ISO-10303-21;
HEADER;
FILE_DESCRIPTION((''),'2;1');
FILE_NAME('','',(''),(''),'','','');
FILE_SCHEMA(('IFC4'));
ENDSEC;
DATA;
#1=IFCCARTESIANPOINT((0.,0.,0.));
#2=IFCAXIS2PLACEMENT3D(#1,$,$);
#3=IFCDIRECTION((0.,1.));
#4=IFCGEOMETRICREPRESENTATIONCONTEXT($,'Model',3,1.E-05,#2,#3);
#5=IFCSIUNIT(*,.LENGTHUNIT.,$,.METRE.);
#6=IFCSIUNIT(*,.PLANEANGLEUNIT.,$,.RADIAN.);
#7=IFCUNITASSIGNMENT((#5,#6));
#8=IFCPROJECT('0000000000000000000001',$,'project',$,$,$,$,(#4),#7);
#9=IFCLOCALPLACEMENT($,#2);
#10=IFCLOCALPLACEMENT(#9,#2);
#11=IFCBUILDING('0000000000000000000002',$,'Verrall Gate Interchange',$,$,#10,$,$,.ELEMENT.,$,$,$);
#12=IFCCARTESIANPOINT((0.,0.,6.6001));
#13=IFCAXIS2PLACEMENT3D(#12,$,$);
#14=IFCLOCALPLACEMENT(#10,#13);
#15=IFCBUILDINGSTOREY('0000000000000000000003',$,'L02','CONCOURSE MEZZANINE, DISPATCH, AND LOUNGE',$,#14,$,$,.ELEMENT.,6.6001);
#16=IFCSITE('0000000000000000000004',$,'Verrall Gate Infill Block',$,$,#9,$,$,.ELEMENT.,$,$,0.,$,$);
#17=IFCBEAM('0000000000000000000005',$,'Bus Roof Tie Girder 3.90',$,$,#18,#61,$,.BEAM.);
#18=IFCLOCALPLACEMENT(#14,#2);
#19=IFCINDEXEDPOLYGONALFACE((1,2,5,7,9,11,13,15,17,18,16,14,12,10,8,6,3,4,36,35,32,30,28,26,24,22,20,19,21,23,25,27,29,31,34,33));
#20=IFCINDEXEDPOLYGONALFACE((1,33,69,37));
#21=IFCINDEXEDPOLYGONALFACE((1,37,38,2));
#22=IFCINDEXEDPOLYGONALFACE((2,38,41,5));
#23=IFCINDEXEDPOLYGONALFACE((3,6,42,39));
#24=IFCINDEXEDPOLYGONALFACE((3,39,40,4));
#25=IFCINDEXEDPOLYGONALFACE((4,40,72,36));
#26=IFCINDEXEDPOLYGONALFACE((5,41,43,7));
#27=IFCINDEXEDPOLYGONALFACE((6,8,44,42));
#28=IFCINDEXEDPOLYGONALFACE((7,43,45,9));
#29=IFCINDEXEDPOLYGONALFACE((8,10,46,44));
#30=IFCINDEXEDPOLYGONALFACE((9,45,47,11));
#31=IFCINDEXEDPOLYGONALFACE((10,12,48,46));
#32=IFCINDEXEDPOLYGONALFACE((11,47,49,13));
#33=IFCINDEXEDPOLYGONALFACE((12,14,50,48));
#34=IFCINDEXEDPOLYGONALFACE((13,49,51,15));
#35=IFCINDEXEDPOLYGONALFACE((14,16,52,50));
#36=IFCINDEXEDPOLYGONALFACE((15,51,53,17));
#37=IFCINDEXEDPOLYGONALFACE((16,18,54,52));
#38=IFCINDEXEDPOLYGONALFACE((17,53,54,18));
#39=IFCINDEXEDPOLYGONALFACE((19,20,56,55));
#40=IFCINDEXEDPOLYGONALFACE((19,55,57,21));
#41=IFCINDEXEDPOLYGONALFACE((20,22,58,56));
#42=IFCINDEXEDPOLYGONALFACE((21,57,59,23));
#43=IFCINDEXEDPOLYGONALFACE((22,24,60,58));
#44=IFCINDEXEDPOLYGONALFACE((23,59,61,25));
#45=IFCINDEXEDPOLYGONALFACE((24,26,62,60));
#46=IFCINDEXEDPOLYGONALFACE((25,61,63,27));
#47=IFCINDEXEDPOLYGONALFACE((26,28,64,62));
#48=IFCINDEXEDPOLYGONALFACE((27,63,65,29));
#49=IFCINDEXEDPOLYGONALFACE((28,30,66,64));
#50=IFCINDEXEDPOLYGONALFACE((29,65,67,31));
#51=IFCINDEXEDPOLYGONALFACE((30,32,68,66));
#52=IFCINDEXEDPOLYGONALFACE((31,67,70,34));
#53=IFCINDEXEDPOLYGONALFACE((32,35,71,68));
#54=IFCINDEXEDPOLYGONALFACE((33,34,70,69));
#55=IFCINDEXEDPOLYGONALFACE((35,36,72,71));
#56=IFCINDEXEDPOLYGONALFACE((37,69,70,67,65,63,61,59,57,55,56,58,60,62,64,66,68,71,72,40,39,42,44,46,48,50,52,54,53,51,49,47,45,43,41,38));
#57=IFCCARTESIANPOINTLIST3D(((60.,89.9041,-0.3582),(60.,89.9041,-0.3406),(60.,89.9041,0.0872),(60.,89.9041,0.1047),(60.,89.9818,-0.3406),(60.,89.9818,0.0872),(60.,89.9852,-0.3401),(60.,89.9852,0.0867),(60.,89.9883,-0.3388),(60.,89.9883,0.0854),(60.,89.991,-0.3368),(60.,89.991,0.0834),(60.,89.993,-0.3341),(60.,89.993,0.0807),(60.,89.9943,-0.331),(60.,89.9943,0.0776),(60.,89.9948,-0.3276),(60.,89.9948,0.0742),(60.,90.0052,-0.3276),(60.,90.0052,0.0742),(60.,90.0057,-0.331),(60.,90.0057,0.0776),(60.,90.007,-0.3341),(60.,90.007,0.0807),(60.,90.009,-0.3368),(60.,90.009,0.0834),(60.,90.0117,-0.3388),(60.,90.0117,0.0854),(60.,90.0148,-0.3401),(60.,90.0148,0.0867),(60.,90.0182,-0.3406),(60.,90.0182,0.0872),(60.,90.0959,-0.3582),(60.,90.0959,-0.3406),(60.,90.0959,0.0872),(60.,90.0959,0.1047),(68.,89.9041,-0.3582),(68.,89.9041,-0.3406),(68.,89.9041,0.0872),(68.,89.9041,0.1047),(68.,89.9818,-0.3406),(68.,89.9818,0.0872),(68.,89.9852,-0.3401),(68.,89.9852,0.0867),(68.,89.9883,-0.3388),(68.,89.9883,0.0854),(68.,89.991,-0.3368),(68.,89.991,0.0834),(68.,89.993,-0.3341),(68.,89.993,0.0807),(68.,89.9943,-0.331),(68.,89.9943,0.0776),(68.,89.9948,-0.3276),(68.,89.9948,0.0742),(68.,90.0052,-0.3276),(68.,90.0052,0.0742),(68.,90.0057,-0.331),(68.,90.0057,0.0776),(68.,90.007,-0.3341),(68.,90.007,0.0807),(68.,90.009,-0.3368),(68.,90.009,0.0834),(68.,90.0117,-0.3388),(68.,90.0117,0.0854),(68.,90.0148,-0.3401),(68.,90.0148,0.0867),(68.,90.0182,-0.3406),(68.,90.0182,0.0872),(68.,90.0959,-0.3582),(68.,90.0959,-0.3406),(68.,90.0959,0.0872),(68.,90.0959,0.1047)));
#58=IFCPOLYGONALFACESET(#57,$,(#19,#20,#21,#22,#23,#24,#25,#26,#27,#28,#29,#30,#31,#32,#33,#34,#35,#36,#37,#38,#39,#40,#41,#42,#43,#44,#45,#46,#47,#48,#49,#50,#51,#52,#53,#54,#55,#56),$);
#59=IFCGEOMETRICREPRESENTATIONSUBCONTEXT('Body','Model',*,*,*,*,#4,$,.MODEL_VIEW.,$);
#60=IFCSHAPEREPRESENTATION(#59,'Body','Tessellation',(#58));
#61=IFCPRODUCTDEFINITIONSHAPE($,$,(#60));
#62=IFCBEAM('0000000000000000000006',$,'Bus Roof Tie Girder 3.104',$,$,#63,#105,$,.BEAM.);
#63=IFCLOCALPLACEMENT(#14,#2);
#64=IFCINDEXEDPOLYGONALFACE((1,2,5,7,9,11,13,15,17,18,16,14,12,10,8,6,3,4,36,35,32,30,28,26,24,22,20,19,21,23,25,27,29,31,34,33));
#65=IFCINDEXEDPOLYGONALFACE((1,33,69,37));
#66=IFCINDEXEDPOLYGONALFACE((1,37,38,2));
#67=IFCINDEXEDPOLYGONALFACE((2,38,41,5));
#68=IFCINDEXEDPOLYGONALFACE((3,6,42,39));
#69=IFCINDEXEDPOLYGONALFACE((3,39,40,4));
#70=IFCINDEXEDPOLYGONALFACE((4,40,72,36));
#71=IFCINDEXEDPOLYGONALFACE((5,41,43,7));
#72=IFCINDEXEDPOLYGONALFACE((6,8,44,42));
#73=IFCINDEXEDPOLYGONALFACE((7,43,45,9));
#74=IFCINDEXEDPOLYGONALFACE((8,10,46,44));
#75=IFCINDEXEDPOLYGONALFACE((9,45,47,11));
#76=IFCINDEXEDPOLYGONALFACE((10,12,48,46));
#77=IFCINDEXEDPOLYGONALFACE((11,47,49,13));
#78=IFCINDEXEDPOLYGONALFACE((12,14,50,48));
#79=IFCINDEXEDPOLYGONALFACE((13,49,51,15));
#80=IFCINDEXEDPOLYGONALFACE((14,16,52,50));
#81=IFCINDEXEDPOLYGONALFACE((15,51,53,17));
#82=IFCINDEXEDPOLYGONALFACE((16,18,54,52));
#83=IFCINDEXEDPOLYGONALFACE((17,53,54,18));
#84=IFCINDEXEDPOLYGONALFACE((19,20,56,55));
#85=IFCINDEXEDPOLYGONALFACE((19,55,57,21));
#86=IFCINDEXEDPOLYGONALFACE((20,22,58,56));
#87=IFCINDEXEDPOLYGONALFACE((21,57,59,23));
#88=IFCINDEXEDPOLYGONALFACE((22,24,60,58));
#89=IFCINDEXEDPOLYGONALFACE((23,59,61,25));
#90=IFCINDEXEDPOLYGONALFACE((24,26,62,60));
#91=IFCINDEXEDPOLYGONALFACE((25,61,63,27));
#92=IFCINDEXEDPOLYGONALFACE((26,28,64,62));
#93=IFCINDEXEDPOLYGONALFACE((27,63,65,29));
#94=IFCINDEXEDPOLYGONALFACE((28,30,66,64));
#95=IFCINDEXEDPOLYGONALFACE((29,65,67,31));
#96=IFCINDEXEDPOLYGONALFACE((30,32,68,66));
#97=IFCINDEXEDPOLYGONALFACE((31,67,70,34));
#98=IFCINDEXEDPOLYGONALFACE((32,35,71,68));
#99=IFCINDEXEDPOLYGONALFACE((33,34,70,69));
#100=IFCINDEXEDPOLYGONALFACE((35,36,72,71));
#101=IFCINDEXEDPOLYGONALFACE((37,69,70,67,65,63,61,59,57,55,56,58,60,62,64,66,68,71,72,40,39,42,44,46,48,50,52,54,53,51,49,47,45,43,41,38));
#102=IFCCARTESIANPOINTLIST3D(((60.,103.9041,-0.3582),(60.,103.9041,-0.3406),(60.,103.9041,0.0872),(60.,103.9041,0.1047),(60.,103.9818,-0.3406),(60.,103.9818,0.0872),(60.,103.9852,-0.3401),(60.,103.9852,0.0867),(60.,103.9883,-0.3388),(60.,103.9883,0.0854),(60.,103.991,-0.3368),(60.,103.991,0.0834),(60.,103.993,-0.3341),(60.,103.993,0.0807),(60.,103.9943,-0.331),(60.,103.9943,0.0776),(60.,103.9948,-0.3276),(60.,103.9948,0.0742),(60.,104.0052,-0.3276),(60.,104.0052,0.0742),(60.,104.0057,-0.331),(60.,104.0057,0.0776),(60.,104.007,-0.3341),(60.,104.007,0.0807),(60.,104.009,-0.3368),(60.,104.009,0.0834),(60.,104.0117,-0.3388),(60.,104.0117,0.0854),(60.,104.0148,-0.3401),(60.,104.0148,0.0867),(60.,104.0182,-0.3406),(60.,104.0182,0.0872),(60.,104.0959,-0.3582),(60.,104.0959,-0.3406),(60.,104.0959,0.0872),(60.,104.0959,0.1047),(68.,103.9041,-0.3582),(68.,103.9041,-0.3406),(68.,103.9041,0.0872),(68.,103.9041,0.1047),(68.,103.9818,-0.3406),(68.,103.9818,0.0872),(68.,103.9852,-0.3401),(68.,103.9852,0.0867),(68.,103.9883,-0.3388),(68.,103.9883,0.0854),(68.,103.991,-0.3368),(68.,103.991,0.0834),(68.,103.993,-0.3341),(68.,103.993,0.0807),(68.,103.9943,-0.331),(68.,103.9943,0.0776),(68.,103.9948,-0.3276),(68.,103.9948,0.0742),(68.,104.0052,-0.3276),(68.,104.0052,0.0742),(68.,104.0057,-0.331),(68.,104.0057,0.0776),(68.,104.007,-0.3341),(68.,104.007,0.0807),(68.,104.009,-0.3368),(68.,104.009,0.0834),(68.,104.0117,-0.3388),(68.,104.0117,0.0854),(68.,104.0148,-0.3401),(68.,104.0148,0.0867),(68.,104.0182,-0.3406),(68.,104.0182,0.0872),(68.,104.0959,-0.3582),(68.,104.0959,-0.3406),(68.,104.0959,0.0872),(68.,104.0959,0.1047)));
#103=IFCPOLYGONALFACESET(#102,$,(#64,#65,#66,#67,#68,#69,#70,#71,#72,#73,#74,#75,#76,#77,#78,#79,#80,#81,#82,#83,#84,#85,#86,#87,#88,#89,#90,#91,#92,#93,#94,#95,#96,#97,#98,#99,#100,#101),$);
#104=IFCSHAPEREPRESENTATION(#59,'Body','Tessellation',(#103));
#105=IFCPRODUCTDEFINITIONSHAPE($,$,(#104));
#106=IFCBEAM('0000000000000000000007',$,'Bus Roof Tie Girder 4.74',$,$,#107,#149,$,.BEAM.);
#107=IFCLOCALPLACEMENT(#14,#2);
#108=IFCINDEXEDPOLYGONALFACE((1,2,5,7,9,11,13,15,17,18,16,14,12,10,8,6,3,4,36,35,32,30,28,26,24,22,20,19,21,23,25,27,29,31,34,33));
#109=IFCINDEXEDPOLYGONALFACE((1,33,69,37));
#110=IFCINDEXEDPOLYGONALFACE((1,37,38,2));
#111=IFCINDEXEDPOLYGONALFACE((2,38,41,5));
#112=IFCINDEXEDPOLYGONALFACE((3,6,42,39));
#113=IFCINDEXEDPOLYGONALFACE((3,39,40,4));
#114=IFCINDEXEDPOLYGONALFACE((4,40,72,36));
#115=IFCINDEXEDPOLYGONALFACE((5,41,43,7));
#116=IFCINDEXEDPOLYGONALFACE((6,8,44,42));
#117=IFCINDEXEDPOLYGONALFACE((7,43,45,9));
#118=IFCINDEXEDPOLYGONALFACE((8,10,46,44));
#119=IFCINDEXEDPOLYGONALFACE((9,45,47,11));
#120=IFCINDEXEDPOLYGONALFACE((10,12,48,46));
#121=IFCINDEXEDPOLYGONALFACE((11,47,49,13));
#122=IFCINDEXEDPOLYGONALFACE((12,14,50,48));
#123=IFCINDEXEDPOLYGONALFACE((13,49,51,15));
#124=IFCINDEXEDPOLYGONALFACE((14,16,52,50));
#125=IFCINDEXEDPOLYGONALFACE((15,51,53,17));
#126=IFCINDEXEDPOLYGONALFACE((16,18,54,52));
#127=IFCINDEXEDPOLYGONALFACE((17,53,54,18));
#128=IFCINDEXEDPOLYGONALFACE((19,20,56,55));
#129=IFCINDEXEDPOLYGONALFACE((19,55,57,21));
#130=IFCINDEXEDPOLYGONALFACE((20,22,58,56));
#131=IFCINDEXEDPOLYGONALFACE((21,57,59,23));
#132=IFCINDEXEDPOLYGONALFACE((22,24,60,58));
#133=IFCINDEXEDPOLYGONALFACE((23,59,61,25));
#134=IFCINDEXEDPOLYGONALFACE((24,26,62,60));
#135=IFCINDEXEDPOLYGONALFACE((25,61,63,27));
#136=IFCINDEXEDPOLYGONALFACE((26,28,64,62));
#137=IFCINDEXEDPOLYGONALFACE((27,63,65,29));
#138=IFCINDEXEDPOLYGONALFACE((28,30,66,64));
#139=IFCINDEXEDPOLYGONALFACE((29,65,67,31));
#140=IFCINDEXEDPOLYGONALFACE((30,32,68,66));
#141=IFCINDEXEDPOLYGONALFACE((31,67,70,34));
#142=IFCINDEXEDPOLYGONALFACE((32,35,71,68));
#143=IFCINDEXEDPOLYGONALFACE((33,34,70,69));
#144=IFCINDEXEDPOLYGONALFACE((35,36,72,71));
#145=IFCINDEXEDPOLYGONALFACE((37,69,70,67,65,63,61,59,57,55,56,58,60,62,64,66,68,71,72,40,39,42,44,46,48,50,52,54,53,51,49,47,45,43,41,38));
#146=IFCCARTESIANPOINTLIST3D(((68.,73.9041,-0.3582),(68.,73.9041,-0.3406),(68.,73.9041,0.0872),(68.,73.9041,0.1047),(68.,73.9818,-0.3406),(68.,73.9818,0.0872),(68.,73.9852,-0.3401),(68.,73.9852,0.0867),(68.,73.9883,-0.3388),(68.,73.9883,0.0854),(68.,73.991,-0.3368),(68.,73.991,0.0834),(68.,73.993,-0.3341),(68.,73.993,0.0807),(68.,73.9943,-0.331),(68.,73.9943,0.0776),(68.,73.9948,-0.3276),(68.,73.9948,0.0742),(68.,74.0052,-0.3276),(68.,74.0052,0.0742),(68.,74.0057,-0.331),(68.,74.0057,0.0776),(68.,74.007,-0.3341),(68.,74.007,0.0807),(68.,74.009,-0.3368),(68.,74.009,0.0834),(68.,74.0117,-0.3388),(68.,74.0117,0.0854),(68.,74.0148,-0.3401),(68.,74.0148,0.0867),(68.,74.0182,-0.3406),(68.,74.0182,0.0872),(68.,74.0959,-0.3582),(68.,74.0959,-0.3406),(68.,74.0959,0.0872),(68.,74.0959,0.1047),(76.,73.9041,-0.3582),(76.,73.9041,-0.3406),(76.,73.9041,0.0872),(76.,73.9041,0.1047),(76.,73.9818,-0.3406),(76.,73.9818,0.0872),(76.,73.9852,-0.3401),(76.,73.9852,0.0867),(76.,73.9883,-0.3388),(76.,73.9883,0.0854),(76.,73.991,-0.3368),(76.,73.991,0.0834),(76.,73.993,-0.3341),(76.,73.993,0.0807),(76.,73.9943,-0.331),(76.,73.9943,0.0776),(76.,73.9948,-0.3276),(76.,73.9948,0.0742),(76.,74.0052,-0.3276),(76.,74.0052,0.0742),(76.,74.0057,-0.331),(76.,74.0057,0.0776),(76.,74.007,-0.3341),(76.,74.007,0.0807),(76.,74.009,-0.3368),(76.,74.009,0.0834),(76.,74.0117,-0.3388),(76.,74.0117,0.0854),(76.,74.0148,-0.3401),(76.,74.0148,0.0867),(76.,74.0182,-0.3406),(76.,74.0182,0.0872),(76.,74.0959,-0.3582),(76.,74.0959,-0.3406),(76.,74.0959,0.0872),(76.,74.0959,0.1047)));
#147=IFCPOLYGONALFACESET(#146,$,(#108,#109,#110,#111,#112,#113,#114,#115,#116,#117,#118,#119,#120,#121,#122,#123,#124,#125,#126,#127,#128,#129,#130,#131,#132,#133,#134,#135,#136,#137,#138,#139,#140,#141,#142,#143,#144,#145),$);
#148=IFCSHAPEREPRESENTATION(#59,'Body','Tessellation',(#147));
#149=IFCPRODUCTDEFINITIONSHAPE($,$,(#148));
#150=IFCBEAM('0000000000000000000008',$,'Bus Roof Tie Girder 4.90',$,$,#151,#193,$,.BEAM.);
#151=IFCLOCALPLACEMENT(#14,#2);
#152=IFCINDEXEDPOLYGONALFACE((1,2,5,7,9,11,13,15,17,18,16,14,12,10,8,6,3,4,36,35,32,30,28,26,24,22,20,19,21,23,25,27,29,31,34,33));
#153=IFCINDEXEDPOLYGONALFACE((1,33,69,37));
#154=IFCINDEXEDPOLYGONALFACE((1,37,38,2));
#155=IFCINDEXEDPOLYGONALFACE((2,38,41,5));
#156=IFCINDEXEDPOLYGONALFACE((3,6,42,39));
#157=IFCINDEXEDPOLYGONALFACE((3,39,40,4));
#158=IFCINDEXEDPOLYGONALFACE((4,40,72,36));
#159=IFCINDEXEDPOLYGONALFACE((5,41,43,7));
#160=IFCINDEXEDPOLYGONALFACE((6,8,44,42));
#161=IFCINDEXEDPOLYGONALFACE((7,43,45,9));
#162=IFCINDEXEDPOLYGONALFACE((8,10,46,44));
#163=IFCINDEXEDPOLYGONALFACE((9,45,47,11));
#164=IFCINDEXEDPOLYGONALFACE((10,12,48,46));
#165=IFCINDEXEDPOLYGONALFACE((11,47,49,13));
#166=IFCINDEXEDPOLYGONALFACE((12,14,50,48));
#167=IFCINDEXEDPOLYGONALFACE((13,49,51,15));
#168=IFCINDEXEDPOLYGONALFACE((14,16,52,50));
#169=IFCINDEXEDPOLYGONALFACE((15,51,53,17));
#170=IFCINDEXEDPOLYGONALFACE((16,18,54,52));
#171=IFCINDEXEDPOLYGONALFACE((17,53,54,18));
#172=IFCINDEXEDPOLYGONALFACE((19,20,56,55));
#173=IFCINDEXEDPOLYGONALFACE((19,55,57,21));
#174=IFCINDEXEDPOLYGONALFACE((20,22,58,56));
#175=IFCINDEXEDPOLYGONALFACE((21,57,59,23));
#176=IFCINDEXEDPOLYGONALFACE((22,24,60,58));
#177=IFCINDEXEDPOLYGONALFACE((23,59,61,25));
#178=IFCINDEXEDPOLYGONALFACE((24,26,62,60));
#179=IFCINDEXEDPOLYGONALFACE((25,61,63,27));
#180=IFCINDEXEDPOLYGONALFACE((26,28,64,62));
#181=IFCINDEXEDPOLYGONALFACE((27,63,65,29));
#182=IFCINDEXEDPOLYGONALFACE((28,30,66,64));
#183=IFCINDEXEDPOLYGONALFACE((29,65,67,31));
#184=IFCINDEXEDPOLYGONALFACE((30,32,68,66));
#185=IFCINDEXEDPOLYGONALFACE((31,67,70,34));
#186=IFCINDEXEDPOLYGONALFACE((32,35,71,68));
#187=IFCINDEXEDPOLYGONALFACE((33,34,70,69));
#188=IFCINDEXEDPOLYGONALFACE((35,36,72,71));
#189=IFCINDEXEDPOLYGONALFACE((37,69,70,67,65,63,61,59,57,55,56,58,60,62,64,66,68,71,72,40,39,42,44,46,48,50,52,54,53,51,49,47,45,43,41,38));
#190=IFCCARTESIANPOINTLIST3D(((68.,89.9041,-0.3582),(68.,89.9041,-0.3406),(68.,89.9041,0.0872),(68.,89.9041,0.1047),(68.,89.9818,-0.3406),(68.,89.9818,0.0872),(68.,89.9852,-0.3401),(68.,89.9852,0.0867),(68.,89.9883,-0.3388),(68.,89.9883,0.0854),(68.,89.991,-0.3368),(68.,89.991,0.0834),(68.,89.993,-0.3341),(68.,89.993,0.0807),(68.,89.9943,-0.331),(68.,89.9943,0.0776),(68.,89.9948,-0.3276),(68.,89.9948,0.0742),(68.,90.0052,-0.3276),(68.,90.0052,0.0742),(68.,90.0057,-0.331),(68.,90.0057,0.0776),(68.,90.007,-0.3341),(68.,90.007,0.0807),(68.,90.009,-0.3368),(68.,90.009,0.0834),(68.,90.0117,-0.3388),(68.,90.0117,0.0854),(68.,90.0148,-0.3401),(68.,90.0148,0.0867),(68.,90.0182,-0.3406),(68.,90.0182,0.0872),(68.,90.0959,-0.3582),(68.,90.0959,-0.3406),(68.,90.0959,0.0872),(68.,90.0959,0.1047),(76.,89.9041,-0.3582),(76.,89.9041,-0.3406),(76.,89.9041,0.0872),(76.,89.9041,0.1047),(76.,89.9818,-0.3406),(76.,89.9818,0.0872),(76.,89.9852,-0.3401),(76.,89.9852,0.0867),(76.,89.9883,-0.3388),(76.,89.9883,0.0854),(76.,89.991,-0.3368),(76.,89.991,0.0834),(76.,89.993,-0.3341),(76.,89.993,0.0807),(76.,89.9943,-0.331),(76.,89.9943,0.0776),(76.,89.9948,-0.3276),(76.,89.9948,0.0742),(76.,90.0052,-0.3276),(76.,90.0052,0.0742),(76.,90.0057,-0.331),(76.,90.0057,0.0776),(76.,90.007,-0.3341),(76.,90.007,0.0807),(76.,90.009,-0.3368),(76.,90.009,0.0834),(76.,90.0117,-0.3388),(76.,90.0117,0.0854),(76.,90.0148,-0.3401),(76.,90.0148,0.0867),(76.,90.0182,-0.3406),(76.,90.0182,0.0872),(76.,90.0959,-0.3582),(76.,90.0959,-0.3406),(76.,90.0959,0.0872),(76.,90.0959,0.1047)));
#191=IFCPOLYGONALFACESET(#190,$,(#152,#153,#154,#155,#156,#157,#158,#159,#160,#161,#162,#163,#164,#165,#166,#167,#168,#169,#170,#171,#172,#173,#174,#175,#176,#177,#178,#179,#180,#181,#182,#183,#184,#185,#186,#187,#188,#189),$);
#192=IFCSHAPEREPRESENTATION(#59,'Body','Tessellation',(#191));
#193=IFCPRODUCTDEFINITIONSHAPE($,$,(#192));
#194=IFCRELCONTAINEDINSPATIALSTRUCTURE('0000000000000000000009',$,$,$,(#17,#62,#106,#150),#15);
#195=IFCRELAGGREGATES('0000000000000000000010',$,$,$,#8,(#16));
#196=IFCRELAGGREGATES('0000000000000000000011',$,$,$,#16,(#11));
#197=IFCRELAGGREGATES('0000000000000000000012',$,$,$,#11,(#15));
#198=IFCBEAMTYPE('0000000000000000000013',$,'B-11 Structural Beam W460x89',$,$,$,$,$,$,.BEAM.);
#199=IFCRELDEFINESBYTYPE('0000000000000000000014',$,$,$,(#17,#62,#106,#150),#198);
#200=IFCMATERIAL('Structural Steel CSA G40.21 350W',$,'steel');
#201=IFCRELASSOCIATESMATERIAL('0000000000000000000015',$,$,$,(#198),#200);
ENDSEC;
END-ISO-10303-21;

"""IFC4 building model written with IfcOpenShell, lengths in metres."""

from ifc_helpers import new_model, si_unit, direction, frame, origin, origin_2d, place, context, subcontext, project, spatial, i_section, extrude, material, material_profile, profile_set, type_object, element, save


model = new_model("IFC4")

# Units and contexts
model_context = context("Model", 3, precision=1e-05, world=origin(), true_north=direction((0.0, 1.0)))
body_context = subcontext(model_context, "Body", "Model", "MODEL_VIEW")
ifc_project = project(units=[si_unit("LENGTHUNIT", "METRE"), si_unit("PLANEANGLEUNIT", "RADIAN")], contexts=[model_context])

# Site, building, storey
site_placement = place(None, origin())
site = spatial("IfcSite", under=ifc_project, at=site_placement, Name="Verrall Gate Infill Block", CompositionType="ELEMENT", RefElevation=0.0)
building_placement = place(site_placement, origin())
building = spatial("IfcBuilding", under=site, at=building_placement, Name="Verrall Gate Interchange", CompositionType="ELEMENT")
storey_placement = place(building_placement, frame((0.0, 0.0, 6.6001)))
storey = spatial("IfcBuildingStorey", under=building, at=storey_placement, Name="L02", Description="CONCOURSE MEZZANINE, DISPATCH, AND LOUNGE", CompositionType="ELEMENT", Elevation=6.6001)

# Beams
ifc_material_1 = material(Name="Structural Steel CSA G40.21 350W", Category="steel")
ifc_material_profile_1 = material_profile(ifc_material_1, i_section(OverallWidth=0.1919, OverallDepth=0.4629, WebThickness=0.0105, FlangeThickness=0.0176, FilletRadius=0.0129, at=origin_2d()), Name="W460x89")
ifc_profile_set_1 = profile_set([ifc_material_profile_1], Name="Structural Steel CSA G40.21 350W")
beam_type = type_object("IfcBeamType", Name="B-11 Structural Beam W460x89", PredefinedType="BEAM", material=ifc_profile_set_1)
for number, where, z_axis, x_axis, name in (
    (1, (60.0, 90.0, -0.1267), (1.0, 0.0, 0.0), (0.0, 1.0, 0.0), "Bus Roof Tie Girder 3.90"),
    (2, (60.0, 104.0, -0.1267), (1.0, 0.0, 0.0), (0.0, 1.0, 0.0), "Bus Roof Tie Girder 3.104"),
    (3, (68.0, 74.0, -0.1267), (1.0, 0.0, 0.0), (0.0, 1.0, 0.0), "Bus Roof Tie Girder 4.74"),
    (4, (68.0, 90.0, -0.1267), (1.0, 0.0, 0.0), (0.0, 1.0, 0.0), "Bus Roof Tie Girder 4.90"),
):
    element("IfcBeam", number, at=place(storey_placement, frame(where, z_axis=z_axis, x_axis=x_axis)), inside=storey, type_object=beam_type, Name=name, PredefinedType="BEAM", context=body_context, shape_type="SweptSolid", body=[
        extrude(i_section(OverallWidth=0.1919, OverallDepth=0.4629, WebThickness=0.0105, FlangeThickness=0.0176, FilletRadius=0.0129, at=origin_2d()), origin(), (0.0, 0.0, 1.0), 8.0),
    ])

save(model, "model.ifc")
